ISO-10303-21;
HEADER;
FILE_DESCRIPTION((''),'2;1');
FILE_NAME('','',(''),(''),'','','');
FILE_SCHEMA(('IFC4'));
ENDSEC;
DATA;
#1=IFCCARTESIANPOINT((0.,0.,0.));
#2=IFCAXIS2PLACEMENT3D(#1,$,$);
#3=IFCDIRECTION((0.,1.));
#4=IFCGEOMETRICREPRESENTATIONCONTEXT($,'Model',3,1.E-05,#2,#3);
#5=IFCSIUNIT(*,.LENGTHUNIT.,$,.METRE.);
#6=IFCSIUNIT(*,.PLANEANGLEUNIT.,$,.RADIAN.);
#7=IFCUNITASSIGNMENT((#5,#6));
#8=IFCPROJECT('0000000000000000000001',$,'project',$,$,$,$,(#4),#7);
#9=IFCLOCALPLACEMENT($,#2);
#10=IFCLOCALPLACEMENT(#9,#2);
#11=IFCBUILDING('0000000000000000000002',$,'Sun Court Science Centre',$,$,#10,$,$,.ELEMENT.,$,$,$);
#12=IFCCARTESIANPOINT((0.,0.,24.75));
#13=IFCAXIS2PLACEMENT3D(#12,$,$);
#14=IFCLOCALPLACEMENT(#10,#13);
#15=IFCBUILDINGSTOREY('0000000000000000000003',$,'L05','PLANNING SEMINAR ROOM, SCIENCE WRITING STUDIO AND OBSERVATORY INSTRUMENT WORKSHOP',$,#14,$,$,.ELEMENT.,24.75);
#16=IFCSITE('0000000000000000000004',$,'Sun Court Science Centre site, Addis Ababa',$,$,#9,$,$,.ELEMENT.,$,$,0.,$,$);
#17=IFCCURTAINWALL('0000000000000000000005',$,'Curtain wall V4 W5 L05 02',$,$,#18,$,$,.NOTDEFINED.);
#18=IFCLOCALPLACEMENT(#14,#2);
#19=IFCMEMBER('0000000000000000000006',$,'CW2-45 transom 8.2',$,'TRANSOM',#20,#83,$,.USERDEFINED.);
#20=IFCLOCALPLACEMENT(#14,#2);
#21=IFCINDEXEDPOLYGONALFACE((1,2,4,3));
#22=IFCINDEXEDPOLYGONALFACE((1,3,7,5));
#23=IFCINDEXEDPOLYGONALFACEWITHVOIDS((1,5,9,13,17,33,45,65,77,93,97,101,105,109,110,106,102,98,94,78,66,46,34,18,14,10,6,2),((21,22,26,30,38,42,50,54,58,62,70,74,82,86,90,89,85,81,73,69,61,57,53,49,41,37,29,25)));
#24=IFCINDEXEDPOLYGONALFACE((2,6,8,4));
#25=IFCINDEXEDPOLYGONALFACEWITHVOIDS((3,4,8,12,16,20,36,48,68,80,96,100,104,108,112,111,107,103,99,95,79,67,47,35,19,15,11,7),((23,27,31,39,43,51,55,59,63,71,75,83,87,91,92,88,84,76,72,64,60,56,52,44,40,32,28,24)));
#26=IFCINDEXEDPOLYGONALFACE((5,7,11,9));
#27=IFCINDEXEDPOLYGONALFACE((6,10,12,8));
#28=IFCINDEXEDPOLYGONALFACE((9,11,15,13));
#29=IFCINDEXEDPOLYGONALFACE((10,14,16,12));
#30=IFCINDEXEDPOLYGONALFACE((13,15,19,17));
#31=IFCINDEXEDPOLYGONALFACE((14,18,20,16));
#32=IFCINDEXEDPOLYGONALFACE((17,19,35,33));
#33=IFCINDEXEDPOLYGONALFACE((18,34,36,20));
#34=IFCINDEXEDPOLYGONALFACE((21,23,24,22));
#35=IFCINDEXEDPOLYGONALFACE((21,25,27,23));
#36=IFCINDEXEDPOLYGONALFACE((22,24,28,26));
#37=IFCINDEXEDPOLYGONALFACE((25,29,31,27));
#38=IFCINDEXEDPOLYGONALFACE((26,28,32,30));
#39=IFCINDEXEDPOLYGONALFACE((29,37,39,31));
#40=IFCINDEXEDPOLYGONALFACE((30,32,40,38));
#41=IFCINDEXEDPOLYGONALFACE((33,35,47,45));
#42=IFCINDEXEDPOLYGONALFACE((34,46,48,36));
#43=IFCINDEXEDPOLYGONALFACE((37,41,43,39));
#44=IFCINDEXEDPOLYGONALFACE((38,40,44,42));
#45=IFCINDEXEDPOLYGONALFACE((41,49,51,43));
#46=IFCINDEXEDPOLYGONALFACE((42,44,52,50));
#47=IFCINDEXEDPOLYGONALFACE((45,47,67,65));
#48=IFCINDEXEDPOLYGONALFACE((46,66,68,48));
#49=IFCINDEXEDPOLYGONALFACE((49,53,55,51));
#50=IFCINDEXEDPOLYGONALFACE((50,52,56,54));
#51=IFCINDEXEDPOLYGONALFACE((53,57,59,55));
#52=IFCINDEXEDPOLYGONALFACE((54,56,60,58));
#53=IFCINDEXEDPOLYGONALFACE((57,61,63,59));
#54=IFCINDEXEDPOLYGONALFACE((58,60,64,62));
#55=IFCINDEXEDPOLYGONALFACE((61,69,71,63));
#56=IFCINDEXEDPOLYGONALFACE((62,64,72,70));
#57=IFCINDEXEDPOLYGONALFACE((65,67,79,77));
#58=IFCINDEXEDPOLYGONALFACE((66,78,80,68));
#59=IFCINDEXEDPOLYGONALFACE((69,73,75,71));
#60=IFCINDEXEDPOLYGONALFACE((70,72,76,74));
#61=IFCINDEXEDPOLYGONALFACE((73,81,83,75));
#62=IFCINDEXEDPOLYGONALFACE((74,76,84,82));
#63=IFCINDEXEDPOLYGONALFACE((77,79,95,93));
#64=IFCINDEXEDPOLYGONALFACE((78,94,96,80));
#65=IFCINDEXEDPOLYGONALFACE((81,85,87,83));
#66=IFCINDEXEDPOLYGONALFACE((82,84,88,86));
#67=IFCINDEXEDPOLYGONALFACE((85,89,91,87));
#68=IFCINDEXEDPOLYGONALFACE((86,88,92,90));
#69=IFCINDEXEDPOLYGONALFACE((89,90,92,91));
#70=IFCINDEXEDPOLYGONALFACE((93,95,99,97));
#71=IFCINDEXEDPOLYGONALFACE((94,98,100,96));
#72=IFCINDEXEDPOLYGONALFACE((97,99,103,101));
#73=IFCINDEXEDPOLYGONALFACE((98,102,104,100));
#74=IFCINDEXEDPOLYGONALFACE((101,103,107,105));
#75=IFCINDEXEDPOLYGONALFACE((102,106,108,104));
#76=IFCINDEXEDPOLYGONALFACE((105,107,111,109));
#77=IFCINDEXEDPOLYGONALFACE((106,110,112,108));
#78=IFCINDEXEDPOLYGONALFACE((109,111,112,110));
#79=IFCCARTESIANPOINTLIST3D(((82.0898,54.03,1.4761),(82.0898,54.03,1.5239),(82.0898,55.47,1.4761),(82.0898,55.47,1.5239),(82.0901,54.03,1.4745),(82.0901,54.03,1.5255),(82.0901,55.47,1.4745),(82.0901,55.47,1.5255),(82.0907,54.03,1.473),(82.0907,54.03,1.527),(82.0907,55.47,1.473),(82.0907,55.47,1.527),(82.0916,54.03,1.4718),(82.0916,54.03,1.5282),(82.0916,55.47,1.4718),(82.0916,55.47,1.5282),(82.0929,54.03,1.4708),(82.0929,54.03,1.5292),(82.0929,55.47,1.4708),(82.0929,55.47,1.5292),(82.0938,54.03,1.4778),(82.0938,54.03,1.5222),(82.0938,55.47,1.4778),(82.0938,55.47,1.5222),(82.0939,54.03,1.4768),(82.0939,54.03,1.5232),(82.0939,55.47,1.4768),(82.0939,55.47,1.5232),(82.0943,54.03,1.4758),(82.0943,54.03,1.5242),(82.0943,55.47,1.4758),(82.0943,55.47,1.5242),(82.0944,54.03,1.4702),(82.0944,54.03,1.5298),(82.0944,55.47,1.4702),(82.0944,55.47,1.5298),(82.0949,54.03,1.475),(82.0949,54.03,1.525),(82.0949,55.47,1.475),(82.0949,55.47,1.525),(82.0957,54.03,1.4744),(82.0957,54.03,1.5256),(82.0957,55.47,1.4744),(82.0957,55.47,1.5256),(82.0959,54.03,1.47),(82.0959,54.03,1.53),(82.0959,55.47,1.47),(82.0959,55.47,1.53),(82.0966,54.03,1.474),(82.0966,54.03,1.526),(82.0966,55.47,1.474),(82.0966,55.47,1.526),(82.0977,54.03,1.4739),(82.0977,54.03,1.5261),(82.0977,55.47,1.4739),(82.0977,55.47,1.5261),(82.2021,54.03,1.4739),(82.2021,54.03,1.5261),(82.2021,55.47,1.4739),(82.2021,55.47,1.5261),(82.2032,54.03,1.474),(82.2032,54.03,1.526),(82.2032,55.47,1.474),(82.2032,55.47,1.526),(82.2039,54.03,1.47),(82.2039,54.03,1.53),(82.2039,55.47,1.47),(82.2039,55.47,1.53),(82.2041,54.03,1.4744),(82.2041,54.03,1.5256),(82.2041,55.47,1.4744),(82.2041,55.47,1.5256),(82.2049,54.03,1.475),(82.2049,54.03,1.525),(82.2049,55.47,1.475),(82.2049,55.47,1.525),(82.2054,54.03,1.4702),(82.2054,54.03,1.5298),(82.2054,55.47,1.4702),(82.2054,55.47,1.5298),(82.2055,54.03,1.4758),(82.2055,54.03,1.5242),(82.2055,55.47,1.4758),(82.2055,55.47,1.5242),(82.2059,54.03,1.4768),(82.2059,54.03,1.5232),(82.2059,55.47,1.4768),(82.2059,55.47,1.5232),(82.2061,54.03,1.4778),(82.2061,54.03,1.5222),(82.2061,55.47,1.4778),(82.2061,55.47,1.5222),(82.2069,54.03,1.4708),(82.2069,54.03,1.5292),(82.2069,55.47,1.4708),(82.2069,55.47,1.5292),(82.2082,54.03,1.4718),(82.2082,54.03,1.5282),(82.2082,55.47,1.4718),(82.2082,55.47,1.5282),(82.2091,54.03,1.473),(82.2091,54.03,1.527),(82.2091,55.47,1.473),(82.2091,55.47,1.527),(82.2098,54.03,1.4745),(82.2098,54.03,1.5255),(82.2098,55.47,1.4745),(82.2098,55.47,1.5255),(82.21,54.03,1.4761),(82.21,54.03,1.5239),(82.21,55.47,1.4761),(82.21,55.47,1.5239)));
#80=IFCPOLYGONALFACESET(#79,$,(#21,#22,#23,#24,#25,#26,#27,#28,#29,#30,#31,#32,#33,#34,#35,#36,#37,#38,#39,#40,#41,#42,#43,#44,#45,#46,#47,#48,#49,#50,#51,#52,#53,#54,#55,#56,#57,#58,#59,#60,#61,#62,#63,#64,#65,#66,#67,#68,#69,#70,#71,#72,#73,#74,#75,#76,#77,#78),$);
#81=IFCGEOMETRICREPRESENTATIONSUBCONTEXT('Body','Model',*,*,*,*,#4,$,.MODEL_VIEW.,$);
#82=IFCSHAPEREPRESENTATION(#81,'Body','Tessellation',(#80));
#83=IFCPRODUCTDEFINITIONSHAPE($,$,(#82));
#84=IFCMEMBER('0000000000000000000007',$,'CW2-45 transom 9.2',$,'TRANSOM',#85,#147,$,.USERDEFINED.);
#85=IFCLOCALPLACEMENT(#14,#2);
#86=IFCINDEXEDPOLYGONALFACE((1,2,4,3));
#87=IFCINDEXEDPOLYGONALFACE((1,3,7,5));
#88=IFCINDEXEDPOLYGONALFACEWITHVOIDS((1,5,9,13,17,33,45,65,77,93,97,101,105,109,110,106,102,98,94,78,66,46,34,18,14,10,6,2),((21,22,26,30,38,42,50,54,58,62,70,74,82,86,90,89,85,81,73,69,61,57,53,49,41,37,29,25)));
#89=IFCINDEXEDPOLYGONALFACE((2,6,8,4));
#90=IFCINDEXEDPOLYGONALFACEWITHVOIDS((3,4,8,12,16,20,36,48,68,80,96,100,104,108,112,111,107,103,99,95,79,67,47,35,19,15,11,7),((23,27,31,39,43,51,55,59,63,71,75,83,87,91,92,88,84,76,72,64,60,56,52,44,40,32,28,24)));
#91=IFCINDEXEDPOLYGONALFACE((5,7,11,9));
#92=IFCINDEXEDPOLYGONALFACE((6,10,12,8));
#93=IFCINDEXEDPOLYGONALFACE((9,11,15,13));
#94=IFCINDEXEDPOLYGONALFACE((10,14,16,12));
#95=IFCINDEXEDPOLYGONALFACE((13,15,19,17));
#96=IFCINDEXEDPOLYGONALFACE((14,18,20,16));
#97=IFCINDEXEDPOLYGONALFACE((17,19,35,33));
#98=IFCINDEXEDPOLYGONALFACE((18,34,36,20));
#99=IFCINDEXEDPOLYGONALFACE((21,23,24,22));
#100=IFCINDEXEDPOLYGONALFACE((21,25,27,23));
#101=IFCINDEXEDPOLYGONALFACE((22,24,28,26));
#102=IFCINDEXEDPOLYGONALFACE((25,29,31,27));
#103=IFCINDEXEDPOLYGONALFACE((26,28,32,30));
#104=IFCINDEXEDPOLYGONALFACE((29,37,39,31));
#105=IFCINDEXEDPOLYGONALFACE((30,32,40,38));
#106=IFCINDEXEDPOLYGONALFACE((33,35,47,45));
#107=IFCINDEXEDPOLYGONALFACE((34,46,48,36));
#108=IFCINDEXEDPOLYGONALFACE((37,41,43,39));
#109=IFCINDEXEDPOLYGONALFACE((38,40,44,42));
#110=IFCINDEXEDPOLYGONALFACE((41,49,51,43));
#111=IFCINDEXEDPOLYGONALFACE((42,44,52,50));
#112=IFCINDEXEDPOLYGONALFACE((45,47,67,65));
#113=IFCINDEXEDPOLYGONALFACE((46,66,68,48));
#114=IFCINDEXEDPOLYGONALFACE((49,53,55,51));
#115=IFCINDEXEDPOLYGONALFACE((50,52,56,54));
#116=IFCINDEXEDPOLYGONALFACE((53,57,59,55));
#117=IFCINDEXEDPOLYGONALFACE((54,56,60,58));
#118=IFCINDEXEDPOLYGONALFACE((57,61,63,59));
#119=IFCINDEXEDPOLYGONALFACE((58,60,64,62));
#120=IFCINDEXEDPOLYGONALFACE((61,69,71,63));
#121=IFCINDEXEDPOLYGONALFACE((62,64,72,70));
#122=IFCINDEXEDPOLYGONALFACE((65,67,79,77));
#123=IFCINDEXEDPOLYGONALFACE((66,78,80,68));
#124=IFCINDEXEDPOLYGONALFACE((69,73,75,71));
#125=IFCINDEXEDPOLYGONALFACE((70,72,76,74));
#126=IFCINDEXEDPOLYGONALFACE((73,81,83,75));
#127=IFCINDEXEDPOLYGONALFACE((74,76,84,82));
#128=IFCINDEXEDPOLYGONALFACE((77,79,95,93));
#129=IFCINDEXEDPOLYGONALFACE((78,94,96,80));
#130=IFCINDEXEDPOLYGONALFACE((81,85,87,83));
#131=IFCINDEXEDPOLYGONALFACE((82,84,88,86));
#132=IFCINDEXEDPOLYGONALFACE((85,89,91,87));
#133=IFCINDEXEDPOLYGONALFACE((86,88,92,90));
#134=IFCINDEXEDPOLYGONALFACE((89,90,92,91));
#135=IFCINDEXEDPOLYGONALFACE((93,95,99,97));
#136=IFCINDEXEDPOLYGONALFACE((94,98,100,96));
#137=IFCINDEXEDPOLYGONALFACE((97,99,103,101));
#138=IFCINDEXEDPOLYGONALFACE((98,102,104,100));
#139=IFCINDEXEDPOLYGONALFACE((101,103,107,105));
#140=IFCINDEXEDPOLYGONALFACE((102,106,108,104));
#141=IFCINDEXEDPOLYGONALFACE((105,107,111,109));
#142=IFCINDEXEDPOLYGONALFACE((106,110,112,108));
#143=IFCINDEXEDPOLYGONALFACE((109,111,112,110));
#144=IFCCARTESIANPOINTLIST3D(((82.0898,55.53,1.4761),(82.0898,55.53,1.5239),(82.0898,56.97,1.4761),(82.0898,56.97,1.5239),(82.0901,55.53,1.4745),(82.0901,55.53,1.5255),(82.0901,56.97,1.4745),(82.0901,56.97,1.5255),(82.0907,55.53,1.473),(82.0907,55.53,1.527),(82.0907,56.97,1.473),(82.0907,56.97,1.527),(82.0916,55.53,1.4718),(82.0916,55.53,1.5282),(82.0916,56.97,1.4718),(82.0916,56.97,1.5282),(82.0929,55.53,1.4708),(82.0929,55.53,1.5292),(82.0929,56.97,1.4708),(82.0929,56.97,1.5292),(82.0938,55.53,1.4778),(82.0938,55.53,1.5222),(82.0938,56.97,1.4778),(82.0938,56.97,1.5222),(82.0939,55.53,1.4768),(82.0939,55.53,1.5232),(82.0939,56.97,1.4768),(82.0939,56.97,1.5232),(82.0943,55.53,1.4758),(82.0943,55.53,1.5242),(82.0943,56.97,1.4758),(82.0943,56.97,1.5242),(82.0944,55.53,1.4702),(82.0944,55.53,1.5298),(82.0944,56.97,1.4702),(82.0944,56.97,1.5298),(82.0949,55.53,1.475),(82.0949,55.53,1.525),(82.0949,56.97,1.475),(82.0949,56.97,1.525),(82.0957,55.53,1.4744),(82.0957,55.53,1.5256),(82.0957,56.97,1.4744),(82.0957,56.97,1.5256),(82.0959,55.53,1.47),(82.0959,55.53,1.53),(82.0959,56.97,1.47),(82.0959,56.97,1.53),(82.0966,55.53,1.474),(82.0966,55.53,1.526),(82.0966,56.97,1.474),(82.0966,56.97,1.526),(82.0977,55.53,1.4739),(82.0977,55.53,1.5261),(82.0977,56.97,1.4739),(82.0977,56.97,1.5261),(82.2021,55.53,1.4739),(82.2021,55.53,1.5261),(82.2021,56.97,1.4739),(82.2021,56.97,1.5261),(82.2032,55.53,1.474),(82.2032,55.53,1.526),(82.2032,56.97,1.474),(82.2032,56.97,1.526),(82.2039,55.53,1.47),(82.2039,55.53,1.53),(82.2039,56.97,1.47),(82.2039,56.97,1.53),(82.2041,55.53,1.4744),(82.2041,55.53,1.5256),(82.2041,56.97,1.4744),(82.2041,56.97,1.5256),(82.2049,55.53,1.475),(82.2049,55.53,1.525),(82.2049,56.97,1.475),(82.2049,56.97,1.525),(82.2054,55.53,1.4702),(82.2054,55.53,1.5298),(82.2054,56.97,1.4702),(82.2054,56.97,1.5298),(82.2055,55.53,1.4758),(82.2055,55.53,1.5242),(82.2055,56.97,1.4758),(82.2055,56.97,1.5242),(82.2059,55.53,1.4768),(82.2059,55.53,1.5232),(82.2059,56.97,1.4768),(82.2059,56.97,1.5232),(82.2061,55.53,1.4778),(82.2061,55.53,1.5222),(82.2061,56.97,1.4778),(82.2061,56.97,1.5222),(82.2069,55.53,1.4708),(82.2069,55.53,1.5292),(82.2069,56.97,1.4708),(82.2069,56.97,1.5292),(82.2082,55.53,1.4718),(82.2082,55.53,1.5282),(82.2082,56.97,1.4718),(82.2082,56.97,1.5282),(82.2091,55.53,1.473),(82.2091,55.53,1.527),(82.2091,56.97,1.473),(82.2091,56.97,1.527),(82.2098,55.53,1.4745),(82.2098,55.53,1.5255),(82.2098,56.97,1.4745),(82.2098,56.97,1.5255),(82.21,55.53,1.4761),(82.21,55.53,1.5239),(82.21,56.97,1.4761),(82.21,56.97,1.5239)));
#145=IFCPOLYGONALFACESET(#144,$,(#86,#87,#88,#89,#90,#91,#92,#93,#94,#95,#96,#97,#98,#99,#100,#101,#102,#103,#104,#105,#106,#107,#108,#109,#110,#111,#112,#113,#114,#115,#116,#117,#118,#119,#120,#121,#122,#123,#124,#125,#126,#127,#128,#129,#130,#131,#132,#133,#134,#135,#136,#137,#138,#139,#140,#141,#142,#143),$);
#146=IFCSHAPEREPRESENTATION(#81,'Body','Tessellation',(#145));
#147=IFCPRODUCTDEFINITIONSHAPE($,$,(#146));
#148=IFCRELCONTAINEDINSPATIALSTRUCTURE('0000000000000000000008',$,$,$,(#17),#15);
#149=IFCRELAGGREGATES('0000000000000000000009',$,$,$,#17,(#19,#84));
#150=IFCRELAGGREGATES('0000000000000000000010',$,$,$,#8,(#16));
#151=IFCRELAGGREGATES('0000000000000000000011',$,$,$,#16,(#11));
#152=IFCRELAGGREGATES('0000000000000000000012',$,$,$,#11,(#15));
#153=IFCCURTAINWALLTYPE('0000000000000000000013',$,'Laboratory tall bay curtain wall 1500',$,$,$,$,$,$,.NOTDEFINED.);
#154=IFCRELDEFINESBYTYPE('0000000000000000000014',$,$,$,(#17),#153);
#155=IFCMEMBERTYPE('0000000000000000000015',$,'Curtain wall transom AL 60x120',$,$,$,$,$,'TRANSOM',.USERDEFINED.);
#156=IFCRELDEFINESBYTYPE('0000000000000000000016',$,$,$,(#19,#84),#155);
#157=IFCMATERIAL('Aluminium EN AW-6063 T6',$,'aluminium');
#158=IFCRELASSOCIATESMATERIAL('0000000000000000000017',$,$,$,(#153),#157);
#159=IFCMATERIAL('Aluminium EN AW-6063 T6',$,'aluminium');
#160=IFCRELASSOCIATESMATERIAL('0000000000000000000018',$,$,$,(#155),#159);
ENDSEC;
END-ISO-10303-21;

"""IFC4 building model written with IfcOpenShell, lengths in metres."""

from ifc_helpers import new_model, si_unit, direction, frame, origin, origin_2d, place, context, subcontext, project, spatial, hollow_rectangle, extrude, material, material_profile, profile_set, type_object, element, aggregate, save


model = new_model("IFC4")

# Units and contexts
model_context = context("Model", 3, precision=1e-05, world=origin(), true_north=direction((0.0, 1.0)))
body_context = subcontext(model_context, "Body", "Model", "MODEL_VIEW")
ifc_project = project(units=[si_unit("LENGTHUNIT", "METRE"), si_unit("PLANEANGLEUNIT", "RADIAN")], contexts=[model_context])

# Site, building, storey
site_placement = place(None, origin())
site = spatial("IfcSite", under=ifc_project, at=site_placement, Name="Sun Court Science Centre site, Addis Ababa", CompositionType="ELEMENT", RefElevation=0.0)
building_placement = place(site_placement, origin())
building = spatial("IfcBuilding", under=site, at=building_placement, Name="Sun Court Science Centre", CompositionType="ELEMENT")
storey_placement = place(building_placement, frame((0.0, 0.0, 24.75)))
storey = spatial("IfcBuildingStorey", under=building, at=storey_placement, Name="L05", Description="PLANNING SEMINAR ROOM, SCIENCE WRITING STUDIO AND OBSERVATORY INSTRUMENT WORKSHOP", CompositionType="ELEMENT", Elevation=24.75)

# Curtain wall, members
ifc_material_1 = material(Name="Aluminium EN AW-6063 T6", Category="aluminium")
curtain_wall_type = type_object("IfcCurtainWallType", Name="Laboratory tall bay curtain wall 1500", PredefinedType="NOTDEFINED", material=ifc_material_1)
curtain_wall_placement = place(storey_placement, origin())
curtain_wall = element("IfcCurtainWall", 1, at=curtain_wall_placement, inside=storey, type_object=curtain_wall_type, Name="Curtain wall V4 W5 L05 02", PredefinedType="NOTDEFINED")
ifc_material_2 = material(Name="Aluminium EN AW-6063 T6", Category="aluminium")
ifc_material_profile_1 = material_profile(ifc_material_2, hollow_rectangle(XDim=0.0601, YDim=0.1201, WallThickness=0.0039, InnerFilletRadius=0.0039, OuterFilletRadius=0.0061, at=origin_2d()), Name="AL 60x120x4")
ifc_profile_set_1 = profile_set([ifc_material_profile_1], Name="Aluminium EN AW-6063 T6")
member_type_1 = type_object("IfcMemberType", Name="Curtain wall transom AL 60x120", ElementType="TRANSOM", PredefinedType="USERDEFINED", material=ifc_profile_set_1)
member_1_placement = place(storey_placement, frame((82.1499, 54.03, 1.5), z_axis=(0.0, 1.0, 0.0), x_axis=(0.0, 0.0, 1.0)))
member_1 = element("IfcMember", 2, at=member_1_placement, type_object=member_type_1, Name="CW2-45 transom 8.2", ObjectType="TRANSOM", PredefinedType="USERDEFINED", context=body_context, shape_type="SweptSolid", body=[
    extrude(hollow_rectangle(XDim=0.0601, YDim=0.1201, WallThickness=0.0039, InnerFilletRadius=0.0039, OuterFilletRadius=0.0061, at=origin_2d()), origin(), (0.0, 0.0, 1.0), 1.4399),
])
member_2_placement = place(storey_placement, frame((82.1499, 55.53, 1.5), z_axis=(0.0, 1.0, 0.0), x_axis=(0.0, 0.0, 1.0)))
member_2 = element("IfcMember", 3, at=member_2_placement, type_object=member_type_1, Name="CW2-45 transom 9.2", ObjectType="TRANSOM", PredefinedType="USERDEFINED", context=body_context, shape_type="SweptSolid", body=[
    extrude(hollow_rectangle(XDim=0.0601, YDim=0.1201, WallThickness=0.0039, InnerFilletRadius=0.0039, OuterFilletRadius=0.0061, at=origin_2d()), origin(), (0.0, 0.0, 1.0), 1.4399),
])

aggregate(curtain_wall, [member_1, member_2])

save(model, "model.ifc")
